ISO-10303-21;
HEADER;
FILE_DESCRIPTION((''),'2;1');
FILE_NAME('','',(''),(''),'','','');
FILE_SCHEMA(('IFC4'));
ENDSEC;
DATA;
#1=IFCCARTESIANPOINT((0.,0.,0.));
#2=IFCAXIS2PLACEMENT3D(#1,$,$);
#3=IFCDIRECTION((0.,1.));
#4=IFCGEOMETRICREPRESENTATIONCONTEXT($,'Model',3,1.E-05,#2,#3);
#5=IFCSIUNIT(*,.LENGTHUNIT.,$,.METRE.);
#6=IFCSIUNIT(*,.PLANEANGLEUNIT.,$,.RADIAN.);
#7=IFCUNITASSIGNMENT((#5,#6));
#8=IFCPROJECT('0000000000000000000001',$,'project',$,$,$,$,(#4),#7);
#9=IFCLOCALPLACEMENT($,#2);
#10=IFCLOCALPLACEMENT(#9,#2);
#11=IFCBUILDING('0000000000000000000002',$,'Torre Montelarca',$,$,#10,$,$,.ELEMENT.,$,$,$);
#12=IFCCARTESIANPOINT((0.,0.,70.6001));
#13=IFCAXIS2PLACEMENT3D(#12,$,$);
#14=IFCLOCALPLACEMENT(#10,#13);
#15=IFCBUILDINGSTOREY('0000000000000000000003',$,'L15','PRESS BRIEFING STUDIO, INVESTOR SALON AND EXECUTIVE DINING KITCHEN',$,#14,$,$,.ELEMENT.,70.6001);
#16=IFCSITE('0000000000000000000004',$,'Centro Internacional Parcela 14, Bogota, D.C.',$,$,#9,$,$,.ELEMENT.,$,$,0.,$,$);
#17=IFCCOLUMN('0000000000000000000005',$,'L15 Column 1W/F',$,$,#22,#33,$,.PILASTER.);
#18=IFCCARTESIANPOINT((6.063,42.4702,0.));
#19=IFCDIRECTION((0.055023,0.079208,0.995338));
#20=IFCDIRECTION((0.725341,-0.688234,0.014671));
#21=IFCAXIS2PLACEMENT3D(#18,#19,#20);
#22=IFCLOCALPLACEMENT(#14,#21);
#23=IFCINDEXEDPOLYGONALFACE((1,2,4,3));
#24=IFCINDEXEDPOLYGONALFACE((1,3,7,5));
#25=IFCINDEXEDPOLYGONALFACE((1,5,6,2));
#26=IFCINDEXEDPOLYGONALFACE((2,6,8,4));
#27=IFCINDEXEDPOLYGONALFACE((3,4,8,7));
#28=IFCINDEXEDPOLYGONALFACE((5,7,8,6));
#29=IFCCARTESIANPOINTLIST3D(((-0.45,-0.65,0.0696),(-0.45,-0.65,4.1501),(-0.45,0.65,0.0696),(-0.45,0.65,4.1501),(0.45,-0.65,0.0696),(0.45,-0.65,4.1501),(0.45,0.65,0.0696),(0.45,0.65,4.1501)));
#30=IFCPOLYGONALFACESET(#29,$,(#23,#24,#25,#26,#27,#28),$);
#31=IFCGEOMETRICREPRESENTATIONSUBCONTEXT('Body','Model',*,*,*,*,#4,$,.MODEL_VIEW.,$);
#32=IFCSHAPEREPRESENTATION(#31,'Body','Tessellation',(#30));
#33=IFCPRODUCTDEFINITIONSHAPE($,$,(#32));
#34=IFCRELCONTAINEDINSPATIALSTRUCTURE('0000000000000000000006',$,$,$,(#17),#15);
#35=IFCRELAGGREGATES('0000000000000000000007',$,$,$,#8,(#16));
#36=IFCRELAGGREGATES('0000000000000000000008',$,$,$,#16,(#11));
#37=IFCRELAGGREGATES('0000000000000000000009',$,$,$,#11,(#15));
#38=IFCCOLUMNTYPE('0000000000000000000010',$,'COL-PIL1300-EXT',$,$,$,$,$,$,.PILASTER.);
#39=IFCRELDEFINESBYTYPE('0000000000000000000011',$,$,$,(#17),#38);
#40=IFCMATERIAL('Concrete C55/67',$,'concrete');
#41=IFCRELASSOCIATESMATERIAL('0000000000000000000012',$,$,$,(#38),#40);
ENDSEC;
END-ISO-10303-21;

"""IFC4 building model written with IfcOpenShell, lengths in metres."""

from ifc_helpers import new_model, si_unit, direction, frame, origin, origin_2d, place, context, subcontext, project, spatial, rectangle, extrude, clip, halfspace, material, material_profile, profile_set, type_object, element, save


model = new_model("IFC4")

# Units and contexts
model_context = context("Model", 3, precision=1e-05, world=origin(), true_north=direction((0.0, 1.0)))
body_context = subcontext(model_context, "Body", "Model", "MODEL_VIEW")
ifc_project = project(units=[si_unit("LENGTHUNIT", "METRE"), si_unit("PLANEANGLEUNIT", "RADIAN")], contexts=[model_context])

# Site, building, storey
site_placement = place(None, origin())
site = spatial("IfcSite", under=ifc_project, at=site_placement, Name="Centro Internacional Parcela 14, Bogota, D.C.", CompositionType="ELEMENT", RefElevation=0.0)
building_placement = place(site_placement, origin())
building = spatial("IfcBuilding", under=site, at=building_placement, Name="Torre Montelarca", CompositionType="ELEMENT")
storey_placement = place(building_placement, frame((0.0, 0.0, 70.6001)))
storey = spatial("IfcBuildingStorey", under=building, at=storey_placement, Name="L15", Description="PRESS BRIEFING STUDIO, INVESTOR SALON AND EXECUTIVE DINING KITCHEN", CompositionType="ELEMENT", Elevation=70.6001)

# Column
ifc_material_1 = material(Name="Concrete C55/67", Category="concrete")
ifc_material_profile_1 = material_profile(ifc_material_1, rectangle(XDim=0.8999, YDim=1.3, at=origin_2d()), Name="RC1300X900", Category="concrete")
ifc_profile_set_1 = profile_set([ifc_material_profile_1], Name="Concrete C55/67")
column_type = type_object("IfcColumnType", Name="COL-PIL1300-EXT", PredefinedType="PILASTER", material=ifc_profile_set_1)
column_placement = place(storey_placement, frame((6.063, 42.4702, 0.0), z_axis=(0.055023, 0.079208, 0.995338), x_axis=(0.725341, -0.688234, 0.014671)))
element("IfcColumn", 1, at=column_placement, inside=storey, type_object=column_type, Name="L15 Column 1W/F", PredefinedType="PILASTER", context=body_context, shape_type="Clipping", body=[
    clip(clip(extrude(rectangle(XDim=0.8999, YDim=1.3, at=origin_2d()), origin(), (0.0, 0.0, 1.0), 4.2197), halfspace(frame((0.0, 0.0, 0.0696), z_axis=(0.0, 0.0, -1.0), x_axis=(1.0, 0.0, 0.0)), False)), halfspace(frame((0.0, 0.0, 4.1501), z_axis=(0.0, 0.0, 1.0), x_axis=(1.0, 0.0, 0.0)), False)),
])

save(model, "model.ifc")
